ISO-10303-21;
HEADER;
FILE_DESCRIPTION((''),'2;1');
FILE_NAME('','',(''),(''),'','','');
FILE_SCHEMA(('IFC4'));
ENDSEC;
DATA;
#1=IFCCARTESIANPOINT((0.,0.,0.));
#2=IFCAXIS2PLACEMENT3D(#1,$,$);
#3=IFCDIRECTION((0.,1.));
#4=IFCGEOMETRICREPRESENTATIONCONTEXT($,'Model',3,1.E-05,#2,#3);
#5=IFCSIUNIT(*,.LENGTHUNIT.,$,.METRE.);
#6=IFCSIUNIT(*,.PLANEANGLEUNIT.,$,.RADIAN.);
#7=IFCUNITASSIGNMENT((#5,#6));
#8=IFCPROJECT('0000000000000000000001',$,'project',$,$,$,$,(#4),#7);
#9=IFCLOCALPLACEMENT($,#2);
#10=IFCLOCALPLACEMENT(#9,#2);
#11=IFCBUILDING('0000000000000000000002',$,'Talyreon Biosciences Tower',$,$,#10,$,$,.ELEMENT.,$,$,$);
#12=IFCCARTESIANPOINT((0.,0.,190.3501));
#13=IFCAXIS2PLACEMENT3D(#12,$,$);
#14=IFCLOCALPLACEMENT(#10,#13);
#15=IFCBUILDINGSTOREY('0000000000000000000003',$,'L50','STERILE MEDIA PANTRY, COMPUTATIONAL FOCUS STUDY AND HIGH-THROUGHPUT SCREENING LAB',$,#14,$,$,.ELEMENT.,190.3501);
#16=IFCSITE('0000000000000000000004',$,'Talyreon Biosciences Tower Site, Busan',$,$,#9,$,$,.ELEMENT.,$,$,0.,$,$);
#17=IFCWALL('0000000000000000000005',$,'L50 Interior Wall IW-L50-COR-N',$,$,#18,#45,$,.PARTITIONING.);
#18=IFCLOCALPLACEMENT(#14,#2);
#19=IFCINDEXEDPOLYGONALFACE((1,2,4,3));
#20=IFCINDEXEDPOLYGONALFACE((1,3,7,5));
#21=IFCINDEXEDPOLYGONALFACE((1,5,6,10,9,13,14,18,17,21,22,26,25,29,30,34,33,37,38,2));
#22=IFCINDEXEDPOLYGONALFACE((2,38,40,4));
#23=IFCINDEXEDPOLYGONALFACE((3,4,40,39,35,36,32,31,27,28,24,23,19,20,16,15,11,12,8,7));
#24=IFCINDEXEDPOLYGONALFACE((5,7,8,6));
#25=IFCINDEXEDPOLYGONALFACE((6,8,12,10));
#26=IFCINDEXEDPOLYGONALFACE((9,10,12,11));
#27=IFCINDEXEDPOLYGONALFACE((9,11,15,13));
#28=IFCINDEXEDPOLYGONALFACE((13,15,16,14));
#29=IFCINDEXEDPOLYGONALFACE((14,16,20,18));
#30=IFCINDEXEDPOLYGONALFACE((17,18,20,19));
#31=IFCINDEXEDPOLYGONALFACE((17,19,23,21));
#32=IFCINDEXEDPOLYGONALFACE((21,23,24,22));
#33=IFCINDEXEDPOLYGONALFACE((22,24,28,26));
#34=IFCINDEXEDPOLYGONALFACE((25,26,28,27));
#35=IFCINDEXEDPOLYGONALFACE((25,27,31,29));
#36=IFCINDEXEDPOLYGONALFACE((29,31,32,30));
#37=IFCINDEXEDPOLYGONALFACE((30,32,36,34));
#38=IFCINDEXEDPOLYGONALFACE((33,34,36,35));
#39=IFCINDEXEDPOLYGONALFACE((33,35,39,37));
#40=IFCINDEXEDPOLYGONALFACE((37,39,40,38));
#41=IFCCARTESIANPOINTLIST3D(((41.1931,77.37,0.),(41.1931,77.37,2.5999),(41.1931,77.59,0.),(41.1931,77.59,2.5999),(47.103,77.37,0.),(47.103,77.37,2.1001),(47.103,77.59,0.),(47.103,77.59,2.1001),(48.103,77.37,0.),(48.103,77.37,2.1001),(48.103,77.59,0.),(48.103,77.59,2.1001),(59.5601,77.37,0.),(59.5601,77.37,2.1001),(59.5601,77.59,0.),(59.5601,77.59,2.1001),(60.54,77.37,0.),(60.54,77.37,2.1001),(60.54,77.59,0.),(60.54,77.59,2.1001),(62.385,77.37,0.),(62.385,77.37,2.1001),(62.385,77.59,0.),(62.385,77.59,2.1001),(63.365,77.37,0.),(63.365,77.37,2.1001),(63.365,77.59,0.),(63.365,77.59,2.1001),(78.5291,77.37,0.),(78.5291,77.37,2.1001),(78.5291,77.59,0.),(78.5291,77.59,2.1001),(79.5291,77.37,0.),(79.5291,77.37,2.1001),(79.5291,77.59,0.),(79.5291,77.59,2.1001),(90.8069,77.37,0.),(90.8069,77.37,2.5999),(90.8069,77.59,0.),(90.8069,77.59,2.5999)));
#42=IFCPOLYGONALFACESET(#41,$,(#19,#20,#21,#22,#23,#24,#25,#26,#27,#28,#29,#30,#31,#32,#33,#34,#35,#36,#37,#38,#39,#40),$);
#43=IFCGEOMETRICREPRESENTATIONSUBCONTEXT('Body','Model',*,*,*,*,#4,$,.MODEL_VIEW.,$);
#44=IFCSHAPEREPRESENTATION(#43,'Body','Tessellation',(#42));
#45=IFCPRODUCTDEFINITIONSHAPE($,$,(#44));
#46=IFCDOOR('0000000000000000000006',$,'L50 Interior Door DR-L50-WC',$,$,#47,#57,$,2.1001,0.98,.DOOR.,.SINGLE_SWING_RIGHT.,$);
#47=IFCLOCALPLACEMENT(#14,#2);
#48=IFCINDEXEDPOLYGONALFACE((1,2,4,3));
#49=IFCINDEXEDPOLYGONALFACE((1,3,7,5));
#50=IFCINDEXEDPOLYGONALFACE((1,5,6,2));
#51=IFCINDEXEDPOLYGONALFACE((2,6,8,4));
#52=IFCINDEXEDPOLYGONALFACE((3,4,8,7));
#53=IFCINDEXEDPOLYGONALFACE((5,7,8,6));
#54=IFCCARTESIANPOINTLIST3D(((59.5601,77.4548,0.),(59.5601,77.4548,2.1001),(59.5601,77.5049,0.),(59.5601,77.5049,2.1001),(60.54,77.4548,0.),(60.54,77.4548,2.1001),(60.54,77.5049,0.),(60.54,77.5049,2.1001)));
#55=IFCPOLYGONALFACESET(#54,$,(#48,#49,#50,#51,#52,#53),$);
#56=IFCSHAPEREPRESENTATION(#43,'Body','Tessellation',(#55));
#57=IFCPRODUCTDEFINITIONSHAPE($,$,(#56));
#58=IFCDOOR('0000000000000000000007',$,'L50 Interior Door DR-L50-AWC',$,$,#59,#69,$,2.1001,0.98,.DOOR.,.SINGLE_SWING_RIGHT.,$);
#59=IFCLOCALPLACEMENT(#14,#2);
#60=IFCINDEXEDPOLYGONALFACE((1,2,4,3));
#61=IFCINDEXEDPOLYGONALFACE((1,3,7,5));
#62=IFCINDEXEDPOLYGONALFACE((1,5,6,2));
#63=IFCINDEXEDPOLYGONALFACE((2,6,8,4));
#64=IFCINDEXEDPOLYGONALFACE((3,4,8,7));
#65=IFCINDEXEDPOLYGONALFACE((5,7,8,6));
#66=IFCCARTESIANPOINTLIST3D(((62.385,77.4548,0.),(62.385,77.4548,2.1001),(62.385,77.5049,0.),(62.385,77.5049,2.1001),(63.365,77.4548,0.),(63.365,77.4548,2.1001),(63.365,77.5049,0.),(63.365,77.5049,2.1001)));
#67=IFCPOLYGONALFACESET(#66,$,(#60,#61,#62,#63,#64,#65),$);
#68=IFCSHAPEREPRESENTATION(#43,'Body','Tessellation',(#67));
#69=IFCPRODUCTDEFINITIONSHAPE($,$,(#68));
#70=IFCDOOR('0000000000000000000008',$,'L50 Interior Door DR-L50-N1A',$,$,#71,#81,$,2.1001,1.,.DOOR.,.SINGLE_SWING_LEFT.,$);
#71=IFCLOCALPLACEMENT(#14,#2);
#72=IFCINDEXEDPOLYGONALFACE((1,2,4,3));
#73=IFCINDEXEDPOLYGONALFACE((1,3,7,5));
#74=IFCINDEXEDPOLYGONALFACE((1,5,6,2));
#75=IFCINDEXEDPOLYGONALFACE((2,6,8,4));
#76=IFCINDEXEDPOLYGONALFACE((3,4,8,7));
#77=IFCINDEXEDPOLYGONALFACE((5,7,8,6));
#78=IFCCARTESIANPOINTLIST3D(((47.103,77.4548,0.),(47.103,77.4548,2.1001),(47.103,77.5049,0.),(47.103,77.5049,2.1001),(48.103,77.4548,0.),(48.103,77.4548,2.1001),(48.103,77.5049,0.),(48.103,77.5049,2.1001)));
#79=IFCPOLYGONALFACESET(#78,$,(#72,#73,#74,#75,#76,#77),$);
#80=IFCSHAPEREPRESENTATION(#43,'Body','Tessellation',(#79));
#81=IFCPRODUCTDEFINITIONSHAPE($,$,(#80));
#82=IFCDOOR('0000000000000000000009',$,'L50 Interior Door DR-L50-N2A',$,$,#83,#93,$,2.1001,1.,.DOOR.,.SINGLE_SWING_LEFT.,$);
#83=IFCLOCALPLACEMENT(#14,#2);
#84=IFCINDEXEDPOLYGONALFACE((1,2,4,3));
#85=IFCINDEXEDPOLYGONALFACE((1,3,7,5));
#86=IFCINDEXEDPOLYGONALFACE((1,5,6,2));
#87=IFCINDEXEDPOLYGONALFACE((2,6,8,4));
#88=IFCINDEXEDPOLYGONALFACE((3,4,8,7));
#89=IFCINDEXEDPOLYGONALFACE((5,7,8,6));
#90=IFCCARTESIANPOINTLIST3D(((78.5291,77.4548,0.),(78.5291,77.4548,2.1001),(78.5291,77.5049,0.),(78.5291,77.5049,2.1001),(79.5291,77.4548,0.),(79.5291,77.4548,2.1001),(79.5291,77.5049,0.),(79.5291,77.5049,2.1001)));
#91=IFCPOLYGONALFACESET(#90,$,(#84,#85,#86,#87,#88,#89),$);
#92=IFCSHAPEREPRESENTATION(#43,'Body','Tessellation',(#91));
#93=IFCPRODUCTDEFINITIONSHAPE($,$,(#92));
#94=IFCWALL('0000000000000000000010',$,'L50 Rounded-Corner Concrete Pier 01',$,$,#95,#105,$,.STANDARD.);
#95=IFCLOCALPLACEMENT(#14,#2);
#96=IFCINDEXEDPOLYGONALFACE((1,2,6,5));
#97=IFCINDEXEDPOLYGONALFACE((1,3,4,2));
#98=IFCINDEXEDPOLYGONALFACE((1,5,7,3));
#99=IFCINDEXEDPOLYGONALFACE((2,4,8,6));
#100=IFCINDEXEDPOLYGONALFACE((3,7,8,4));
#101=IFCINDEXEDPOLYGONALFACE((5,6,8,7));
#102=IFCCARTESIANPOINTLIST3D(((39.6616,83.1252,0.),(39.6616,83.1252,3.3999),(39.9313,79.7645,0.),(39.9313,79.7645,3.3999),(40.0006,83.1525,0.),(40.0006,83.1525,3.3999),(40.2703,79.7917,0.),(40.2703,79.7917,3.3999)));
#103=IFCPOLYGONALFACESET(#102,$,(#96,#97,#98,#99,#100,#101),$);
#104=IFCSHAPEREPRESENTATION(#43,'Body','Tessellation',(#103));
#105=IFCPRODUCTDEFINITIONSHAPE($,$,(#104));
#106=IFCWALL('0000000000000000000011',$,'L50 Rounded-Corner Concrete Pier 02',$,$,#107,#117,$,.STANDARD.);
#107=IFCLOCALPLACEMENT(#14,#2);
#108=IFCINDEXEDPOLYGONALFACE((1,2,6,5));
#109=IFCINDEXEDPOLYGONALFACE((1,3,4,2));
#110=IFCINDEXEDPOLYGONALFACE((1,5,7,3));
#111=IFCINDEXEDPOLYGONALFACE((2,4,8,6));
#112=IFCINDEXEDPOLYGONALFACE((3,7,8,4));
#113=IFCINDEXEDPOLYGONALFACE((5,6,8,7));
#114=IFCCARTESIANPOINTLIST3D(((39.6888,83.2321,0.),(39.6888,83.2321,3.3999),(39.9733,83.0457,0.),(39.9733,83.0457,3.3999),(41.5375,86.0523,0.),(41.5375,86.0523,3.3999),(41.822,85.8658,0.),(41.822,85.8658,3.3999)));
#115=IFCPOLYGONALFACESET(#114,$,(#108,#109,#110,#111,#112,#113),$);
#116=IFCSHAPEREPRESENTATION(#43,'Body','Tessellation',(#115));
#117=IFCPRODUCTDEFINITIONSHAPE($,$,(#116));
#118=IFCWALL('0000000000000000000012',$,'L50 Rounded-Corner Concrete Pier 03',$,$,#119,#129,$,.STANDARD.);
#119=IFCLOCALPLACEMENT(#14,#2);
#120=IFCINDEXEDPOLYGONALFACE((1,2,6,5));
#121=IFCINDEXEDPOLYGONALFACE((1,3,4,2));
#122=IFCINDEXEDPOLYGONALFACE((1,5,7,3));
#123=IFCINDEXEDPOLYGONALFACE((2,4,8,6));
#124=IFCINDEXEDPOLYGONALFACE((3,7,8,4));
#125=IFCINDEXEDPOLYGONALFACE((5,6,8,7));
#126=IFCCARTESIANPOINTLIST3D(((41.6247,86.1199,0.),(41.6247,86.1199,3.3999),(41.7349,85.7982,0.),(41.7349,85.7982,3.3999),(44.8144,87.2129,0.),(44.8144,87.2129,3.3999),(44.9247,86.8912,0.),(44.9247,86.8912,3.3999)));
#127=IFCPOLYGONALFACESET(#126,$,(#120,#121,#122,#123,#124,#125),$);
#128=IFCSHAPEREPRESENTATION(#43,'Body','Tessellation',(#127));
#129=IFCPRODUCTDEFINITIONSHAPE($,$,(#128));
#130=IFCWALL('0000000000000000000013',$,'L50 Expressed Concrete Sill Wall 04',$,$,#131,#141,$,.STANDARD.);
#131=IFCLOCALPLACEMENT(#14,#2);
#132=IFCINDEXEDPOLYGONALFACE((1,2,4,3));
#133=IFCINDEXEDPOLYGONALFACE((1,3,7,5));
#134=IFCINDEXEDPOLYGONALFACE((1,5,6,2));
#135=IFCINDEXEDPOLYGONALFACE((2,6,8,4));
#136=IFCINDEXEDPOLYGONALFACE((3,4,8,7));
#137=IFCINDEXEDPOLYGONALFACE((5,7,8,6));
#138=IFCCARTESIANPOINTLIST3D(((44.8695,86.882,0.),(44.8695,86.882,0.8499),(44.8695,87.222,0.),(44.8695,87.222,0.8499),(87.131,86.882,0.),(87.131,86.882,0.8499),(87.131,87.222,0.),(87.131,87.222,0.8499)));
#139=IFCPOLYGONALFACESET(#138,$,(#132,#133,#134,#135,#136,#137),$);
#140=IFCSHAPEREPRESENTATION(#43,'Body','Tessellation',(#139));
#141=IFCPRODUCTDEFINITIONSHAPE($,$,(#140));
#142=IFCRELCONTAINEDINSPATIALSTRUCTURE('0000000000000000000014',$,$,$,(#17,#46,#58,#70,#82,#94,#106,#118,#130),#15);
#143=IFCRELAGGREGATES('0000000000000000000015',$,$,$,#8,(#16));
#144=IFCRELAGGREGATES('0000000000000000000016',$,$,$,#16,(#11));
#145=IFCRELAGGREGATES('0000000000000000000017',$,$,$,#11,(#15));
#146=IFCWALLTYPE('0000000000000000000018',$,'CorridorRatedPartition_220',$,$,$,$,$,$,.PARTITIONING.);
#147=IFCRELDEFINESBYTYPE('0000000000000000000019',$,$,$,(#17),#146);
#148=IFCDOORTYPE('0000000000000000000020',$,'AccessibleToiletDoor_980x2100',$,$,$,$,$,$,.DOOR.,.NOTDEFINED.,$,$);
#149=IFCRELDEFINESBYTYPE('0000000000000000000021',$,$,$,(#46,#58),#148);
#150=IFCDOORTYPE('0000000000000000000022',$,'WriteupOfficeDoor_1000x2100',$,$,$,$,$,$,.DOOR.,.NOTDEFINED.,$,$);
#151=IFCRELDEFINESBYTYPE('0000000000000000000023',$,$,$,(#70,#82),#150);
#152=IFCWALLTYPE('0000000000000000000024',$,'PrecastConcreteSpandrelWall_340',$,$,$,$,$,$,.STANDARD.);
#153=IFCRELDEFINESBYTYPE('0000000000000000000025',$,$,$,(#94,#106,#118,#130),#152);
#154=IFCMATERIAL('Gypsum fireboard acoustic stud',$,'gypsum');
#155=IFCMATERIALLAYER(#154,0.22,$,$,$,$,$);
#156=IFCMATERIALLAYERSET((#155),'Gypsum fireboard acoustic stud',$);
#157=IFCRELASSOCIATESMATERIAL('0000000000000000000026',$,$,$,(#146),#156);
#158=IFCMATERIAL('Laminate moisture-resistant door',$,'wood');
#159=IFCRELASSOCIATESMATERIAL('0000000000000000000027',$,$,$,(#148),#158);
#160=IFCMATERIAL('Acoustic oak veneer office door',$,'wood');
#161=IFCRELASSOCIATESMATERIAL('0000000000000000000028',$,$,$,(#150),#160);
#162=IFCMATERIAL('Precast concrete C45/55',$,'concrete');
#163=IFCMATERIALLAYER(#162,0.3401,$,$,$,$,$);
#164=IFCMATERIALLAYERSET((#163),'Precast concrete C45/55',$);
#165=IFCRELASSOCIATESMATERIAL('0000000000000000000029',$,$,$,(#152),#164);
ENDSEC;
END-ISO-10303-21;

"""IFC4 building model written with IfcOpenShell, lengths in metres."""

from ifc_helpers import new_model, si_unit, direction, frame, frame_2d, origin, place, context, subcontext, project, spatial, rectangle, extrude, material, layer, layer_set, type_object, element, fill, save


model = new_model("IFC4")

# Units and contexts
model_context = context("Model", 3, precision=1e-05, world=origin(), true_north=direction((0.0, 1.0)))
body_context = subcontext(model_context, "Body", "Model", "MODEL_VIEW")
ifc_project = project(units=[si_unit("LENGTHUNIT", "METRE"), si_unit("PLANEANGLEUNIT", "RADIAN")], contexts=[model_context])

# Site, building, storey
site_placement = place(None, origin())
site = spatial("IfcSite", under=ifc_project, at=site_placement, Name="Talyreon Biosciences Tower Site, Busan", CompositionType="ELEMENT", RefElevation=0.0)
building_placement = place(site_placement, origin())
building = spatial("IfcBuilding", under=site, at=building_placement, Name="Talyreon Biosciences Tower", CompositionType="ELEMENT")
storey_placement = place(building_placement, frame((0.0, 0.0, 190.3501)))
storey = spatial("IfcBuildingStorey", under=building, at=storey_placement, Name="L50", Description="STERILE MEDIA PANTRY, COMPUTATIONAL FOCUS STUDY AND HIGH-THROUGHPUT SCREENING LAB", CompositionType="ELEMENT", Elevation=190.3501)

# Shared definitions
ifc_material_1 = material(Name="Precast concrete C45/55", Category="concrete")

# Wall, openings, doors
ifc_material_2 = material(Name="Gypsum fireboard acoustic stud", Category="gypsum")
ifc_layer_1 = layer(ifc_material_2, 0.22)
ifc_layer_set_1 = layer_set([ifc_layer_1], Name="Gypsum fireboard acoustic stud")
wall_type_1 = type_object("IfcWallType", Name="CorridorRatedPartition_220", PredefinedType="PARTITIONING", material=ifc_layer_set_1)
wall_1_placement = place(storey_placement, frame((41.1931, 77.48, 0.0), z_axis=(0.0, 0.0, 1.0), x_axis=(1.0, 0.0, 0.0)))
wall_1 = element("IfcWall", 1, at=wall_1_placement, inside=storey, type_object=wall_type_1, Name="L50 Interior Wall IW-L50-COR-N", PredefinedType="PARTITIONING", context=body_context, shape_type="SweptSolid", body=[
    extrude(rectangle(XDim=49.6138, YDim=0.22, at=frame_2d((24.8069, 0.0))), origin(), (0.0, 0.0, 1.0), 2.5999),
])
opening_1_placement = place(wall_1_placement, frame((18.3669, 0.0, 0.0)))
opening_1 = element("IfcOpeningElement", 2, at=opening_1_placement, cuts=wall_1, PredefinedType="OPENING", context=body_context, shape_type="SweptSolid", body=[
    extrude(rectangle(XDim=0.98, YDim=2.1001, at=frame_2d((0.49, 1.05))), frame((0.0, 0.1199, 0.0), z_axis=(0.0, -1.0, 0.0), x_axis=(1.0, 0.0, 0.0)), (0.0, 0.0, 1.0), 0.24),
])
opening_2_placement = place(wall_1_placement, frame((21.1919, 0.0, 0.0)))
opening_2 = element("IfcOpeningElement", 3, at=opening_2_placement, cuts=wall_1, PredefinedType="OPENING", context=body_context, shape_type="SweptSolid", body=[
    extrude(rectangle(XDim=0.98, YDim=2.1001, at=frame_2d((0.49, 1.05))), frame((0.0, 0.1199, 0.0), z_axis=(0.0, -1.0, 0.0), x_axis=(1.0, 0.0, 0.0)), (0.0, 0.0, 1.0), 0.24),
])
opening_3_placement = place(wall_1_placement, frame((5.9099, 0.0, 0.0)))
opening_3 = element("IfcOpeningElement", 4, at=opening_3_placement, cuts=wall_1, PredefinedType="OPENING", context=body_context, shape_type="SweptSolid", body=[
    extrude(rectangle(XDim=1.0, YDim=2.1001, at=frame_2d((0.5, 1.05))), frame((0.0, 0.1199, 0.0), z_axis=(0.0, -1.0, 0.0), x_axis=(1.0, 0.0, 0.0)), (0.0, 0.0, 1.0), 0.24),
])
opening_4_placement = place(wall_1_placement, frame((37.3359, 0.0, 0.0)))
opening_4 = element("IfcOpeningElement", 5, at=opening_4_placement, cuts=wall_1, PredefinedType="OPENING", context=body_context, shape_type="SweptSolid", body=[
    extrude(rectangle(XDim=1.0, YDim=2.1001, at=frame_2d((0.5, 1.05))), frame((0.0, 0.1199, 0.0), z_axis=(0.0, -1.0, 0.0), x_axis=(1.0, 0.0, 0.0)), (0.0, 0.0, 1.0), 0.24),
])
ifc_material_3 = material(Name="Laminate moisture-resistant door", Category="wood")
door_type_1 = type_object("IfcDoorType", Name="AccessibleToiletDoor_980x2100", OperationType="NOTDEFINED", PredefinedType="DOOR", material=ifc_material_3)
door_1_placement = place(opening_1_placement, origin())
door_1 = element("IfcDoor", 6, at=door_1_placement, inside=storey, type_object=door_type_1, Name="L50 Interior Door DR-L50-WC", OperationType="SINGLE_SWING_RIGHT", OverallHeight=2.1001, OverallWidth=0.98, PredefinedType="DOOR", context=body_context, shape_type="SweptSolid", body=[
    extrude(rectangle(XDim=0.98, YDim=2.1001, at=frame_2d((0.49, 1.05))), frame((0.0, 0.0249, 0.0), z_axis=(0.0, -1.0, 0.0), x_axis=(1.0, 0.0, 0.0)), (0.0, 0.0, 1.0), 0.05),
])
fill(opening_1, door_1)
door_2_placement = place(opening_2_placement, origin())
door_2 = element("IfcDoor", 7, at=door_2_placement, inside=storey, type_object=door_type_1, Name="L50 Interior Door DR-L50-AWC", OperationType="SINGLE_SWING_RIGHT", OverallHeight=2.1001, OverallWidth=0.98, PredefinedType="DOOR", context=body_context, shape_type="SweptSolid", body=[
    extrude(rectangle(XDim=0.98, YDim=2.1001, at=frame_2d((0.49, 1.05))), frame((0.0, 0.0249, 0.0), z_axis=(0.0, -1.0, 0.0), x_axis=(1.0, 0.0, 0.0)), (0.0, 0.0, 1.0), 0.05),
])
fill(opening_2, door_2)
ifc_material_4 = material(Name="Acoustic oak veneer office door", Category="wood")
door_type_2 = type_object("IfcDoorType", Name="WriteupOfficeDoor_1000x2100", OperationType="NOTDEFINED", PredefinedType="DOOR", material=ifc_material_4)
door_3_placement = place(opening_3_placement, origin())
door_3 = element("IfcDoor", 8, at=door_3_placement, inside=storey, type_object=door_type_2, Name="L50 Interior Door DR-L50-N1A", OperationType="SINGLE_SWING_LEFT", OverallHeight=2.1001, OverallWidth=1.0, PredefinedType="DOOR", context=body_context, shape_type="SweptSolid", body=[
    extrude(rectangle(XDim=1.0, YDim=2.1001, at=frame_2d((0.5, 1.05))), frame((0.0, 0.0249, 0.0), z_axis=(0.0, -1.0, 0.0), x_axis=(1.0, 0.0, 0.0)), (0.0, 0.0, 1.0), 0.05),
])
fill(opening_3, door_3)
door_4_placement = place(opening_4_placement, origin())
door_4 = element("IfcDoor", 9, at=door_4_placement, inside=storey, type_object=door_type_2, Name="L50 Interior Door DR-L50-N2A", OperationType="SINGLE_SWING_LEFT", OverallHeight=2.1001, OverallWidth=1.0, PredefinedType="DOOR", context=body_context, shape_type="SweptSolid", body=[
    extrude(rectangle(XDim=1.0, YDim=2.1001, at=frame_2d((0.5, 1.05))), frame((0.0, 0.0249, 0.0), z_axis=(0.0, -1.0, 0.0), x_axis=(1.0, 0.0, 0.0)), (0.0, 0.0, 1.0), 0.05),
])
fill(opening_4, door_4)

# Walls
ifc_layer_2 = layer(ifc_material_1, 0.3401)
ifc_layer_set_2 = layer_set([ifc_layer_2], Name="Precast concrete C45/55")
wall_type_2 = type_object("IfcWallType", Name="PrecastConcreteSpandrelWall_340", PredefinedType="STANDARD", material=ifc_layer_set_2)
wall_2_placement = place(storey_placement, frame((40.1008, 79.7781, 0.0), z_axis=(0.0, 0.0, 1.0), x_axis=(-0.080013, 0.996794, 0.0)))
element("IfcWall", 10, at=wall_2_placement, inside=storey, type_object=wall_type_2, Name="L50 Rounded-Corner Concrete Pier 01", PredefinedType="STANDARD", context=body_context, shape_type="SweptSolid", body=[
    extrude(rectangle(XDim=3.3716, YDim=0.3401, at=frame_2d((1.6858, 0.0))), origin(), (0.0, 0.0, 1.0), 3.3999),
])
wall_3_placement = place(storey_placement, frame((39.8311, 83.1389, 0.0), z_axis=(0.0, 0.0, 1.0), x_axis=(0.548234, 0.836325, 0.0)))
element("IfcWall", 11, at=wall_3_placement, inside=storey, type_object=wall_type_2, Name="L50 Rounded-Corner Concrete Pier 02", PredefinedType="STANDARD", context=body_context, shape_type="SweptSolid", body=[
    extrude(rectangle(XDim=3.3721, YDim=0.3401, at=frame_2d((1.686, 0.0))), origin(), (0.0, 0.0, 1.0), 3.3999),
])
wall_4_placement = place(storey_placement, frame((41.6797, 85.959, 0.0), z_axis=(0.0, 0.0, 1.0), x_axis=(0.946, 0.324167, 0.0)))
element("IfcWall", 12, at=wall_4_placement, inside=storey, type_object=wall_type_2, Name="L50 Rounded-Corner Concrete Pier 03", PredefinedType="STANDARD", context=body_context, shape_type="SweptSolid", body=[
    extrude(rectangle(XDim=3.3718, YDim=0.3401, at=frame_2d((1.686, 0.0))), origin(), (0.0, 0.0, 1.0), 3.3999),
])
wall_5_placement = place(storey_placement, frame((44.8694, 87.052, 0.0), z_axis=(0.0, 0.0, 1.0), x_axis=(1.0, 0.0, 0.0)))
element("IfcWall", 13, at=wall_5_placement, inside=storey, type_object=wall_type_2, Name="L50 Expressed Concrete Sill Wall 04", PredefinedType="STANDARD", context=body_context, shape_type="SweptSolid", body=[
    extrude(rectangle(XDim=42.2615, YDim=0.3401, at=frame_2d((21.1309, 0.0))), origin(), (0.0, 0.0, 1.0), 0.8499),
])

save(model, "model.ifc")
